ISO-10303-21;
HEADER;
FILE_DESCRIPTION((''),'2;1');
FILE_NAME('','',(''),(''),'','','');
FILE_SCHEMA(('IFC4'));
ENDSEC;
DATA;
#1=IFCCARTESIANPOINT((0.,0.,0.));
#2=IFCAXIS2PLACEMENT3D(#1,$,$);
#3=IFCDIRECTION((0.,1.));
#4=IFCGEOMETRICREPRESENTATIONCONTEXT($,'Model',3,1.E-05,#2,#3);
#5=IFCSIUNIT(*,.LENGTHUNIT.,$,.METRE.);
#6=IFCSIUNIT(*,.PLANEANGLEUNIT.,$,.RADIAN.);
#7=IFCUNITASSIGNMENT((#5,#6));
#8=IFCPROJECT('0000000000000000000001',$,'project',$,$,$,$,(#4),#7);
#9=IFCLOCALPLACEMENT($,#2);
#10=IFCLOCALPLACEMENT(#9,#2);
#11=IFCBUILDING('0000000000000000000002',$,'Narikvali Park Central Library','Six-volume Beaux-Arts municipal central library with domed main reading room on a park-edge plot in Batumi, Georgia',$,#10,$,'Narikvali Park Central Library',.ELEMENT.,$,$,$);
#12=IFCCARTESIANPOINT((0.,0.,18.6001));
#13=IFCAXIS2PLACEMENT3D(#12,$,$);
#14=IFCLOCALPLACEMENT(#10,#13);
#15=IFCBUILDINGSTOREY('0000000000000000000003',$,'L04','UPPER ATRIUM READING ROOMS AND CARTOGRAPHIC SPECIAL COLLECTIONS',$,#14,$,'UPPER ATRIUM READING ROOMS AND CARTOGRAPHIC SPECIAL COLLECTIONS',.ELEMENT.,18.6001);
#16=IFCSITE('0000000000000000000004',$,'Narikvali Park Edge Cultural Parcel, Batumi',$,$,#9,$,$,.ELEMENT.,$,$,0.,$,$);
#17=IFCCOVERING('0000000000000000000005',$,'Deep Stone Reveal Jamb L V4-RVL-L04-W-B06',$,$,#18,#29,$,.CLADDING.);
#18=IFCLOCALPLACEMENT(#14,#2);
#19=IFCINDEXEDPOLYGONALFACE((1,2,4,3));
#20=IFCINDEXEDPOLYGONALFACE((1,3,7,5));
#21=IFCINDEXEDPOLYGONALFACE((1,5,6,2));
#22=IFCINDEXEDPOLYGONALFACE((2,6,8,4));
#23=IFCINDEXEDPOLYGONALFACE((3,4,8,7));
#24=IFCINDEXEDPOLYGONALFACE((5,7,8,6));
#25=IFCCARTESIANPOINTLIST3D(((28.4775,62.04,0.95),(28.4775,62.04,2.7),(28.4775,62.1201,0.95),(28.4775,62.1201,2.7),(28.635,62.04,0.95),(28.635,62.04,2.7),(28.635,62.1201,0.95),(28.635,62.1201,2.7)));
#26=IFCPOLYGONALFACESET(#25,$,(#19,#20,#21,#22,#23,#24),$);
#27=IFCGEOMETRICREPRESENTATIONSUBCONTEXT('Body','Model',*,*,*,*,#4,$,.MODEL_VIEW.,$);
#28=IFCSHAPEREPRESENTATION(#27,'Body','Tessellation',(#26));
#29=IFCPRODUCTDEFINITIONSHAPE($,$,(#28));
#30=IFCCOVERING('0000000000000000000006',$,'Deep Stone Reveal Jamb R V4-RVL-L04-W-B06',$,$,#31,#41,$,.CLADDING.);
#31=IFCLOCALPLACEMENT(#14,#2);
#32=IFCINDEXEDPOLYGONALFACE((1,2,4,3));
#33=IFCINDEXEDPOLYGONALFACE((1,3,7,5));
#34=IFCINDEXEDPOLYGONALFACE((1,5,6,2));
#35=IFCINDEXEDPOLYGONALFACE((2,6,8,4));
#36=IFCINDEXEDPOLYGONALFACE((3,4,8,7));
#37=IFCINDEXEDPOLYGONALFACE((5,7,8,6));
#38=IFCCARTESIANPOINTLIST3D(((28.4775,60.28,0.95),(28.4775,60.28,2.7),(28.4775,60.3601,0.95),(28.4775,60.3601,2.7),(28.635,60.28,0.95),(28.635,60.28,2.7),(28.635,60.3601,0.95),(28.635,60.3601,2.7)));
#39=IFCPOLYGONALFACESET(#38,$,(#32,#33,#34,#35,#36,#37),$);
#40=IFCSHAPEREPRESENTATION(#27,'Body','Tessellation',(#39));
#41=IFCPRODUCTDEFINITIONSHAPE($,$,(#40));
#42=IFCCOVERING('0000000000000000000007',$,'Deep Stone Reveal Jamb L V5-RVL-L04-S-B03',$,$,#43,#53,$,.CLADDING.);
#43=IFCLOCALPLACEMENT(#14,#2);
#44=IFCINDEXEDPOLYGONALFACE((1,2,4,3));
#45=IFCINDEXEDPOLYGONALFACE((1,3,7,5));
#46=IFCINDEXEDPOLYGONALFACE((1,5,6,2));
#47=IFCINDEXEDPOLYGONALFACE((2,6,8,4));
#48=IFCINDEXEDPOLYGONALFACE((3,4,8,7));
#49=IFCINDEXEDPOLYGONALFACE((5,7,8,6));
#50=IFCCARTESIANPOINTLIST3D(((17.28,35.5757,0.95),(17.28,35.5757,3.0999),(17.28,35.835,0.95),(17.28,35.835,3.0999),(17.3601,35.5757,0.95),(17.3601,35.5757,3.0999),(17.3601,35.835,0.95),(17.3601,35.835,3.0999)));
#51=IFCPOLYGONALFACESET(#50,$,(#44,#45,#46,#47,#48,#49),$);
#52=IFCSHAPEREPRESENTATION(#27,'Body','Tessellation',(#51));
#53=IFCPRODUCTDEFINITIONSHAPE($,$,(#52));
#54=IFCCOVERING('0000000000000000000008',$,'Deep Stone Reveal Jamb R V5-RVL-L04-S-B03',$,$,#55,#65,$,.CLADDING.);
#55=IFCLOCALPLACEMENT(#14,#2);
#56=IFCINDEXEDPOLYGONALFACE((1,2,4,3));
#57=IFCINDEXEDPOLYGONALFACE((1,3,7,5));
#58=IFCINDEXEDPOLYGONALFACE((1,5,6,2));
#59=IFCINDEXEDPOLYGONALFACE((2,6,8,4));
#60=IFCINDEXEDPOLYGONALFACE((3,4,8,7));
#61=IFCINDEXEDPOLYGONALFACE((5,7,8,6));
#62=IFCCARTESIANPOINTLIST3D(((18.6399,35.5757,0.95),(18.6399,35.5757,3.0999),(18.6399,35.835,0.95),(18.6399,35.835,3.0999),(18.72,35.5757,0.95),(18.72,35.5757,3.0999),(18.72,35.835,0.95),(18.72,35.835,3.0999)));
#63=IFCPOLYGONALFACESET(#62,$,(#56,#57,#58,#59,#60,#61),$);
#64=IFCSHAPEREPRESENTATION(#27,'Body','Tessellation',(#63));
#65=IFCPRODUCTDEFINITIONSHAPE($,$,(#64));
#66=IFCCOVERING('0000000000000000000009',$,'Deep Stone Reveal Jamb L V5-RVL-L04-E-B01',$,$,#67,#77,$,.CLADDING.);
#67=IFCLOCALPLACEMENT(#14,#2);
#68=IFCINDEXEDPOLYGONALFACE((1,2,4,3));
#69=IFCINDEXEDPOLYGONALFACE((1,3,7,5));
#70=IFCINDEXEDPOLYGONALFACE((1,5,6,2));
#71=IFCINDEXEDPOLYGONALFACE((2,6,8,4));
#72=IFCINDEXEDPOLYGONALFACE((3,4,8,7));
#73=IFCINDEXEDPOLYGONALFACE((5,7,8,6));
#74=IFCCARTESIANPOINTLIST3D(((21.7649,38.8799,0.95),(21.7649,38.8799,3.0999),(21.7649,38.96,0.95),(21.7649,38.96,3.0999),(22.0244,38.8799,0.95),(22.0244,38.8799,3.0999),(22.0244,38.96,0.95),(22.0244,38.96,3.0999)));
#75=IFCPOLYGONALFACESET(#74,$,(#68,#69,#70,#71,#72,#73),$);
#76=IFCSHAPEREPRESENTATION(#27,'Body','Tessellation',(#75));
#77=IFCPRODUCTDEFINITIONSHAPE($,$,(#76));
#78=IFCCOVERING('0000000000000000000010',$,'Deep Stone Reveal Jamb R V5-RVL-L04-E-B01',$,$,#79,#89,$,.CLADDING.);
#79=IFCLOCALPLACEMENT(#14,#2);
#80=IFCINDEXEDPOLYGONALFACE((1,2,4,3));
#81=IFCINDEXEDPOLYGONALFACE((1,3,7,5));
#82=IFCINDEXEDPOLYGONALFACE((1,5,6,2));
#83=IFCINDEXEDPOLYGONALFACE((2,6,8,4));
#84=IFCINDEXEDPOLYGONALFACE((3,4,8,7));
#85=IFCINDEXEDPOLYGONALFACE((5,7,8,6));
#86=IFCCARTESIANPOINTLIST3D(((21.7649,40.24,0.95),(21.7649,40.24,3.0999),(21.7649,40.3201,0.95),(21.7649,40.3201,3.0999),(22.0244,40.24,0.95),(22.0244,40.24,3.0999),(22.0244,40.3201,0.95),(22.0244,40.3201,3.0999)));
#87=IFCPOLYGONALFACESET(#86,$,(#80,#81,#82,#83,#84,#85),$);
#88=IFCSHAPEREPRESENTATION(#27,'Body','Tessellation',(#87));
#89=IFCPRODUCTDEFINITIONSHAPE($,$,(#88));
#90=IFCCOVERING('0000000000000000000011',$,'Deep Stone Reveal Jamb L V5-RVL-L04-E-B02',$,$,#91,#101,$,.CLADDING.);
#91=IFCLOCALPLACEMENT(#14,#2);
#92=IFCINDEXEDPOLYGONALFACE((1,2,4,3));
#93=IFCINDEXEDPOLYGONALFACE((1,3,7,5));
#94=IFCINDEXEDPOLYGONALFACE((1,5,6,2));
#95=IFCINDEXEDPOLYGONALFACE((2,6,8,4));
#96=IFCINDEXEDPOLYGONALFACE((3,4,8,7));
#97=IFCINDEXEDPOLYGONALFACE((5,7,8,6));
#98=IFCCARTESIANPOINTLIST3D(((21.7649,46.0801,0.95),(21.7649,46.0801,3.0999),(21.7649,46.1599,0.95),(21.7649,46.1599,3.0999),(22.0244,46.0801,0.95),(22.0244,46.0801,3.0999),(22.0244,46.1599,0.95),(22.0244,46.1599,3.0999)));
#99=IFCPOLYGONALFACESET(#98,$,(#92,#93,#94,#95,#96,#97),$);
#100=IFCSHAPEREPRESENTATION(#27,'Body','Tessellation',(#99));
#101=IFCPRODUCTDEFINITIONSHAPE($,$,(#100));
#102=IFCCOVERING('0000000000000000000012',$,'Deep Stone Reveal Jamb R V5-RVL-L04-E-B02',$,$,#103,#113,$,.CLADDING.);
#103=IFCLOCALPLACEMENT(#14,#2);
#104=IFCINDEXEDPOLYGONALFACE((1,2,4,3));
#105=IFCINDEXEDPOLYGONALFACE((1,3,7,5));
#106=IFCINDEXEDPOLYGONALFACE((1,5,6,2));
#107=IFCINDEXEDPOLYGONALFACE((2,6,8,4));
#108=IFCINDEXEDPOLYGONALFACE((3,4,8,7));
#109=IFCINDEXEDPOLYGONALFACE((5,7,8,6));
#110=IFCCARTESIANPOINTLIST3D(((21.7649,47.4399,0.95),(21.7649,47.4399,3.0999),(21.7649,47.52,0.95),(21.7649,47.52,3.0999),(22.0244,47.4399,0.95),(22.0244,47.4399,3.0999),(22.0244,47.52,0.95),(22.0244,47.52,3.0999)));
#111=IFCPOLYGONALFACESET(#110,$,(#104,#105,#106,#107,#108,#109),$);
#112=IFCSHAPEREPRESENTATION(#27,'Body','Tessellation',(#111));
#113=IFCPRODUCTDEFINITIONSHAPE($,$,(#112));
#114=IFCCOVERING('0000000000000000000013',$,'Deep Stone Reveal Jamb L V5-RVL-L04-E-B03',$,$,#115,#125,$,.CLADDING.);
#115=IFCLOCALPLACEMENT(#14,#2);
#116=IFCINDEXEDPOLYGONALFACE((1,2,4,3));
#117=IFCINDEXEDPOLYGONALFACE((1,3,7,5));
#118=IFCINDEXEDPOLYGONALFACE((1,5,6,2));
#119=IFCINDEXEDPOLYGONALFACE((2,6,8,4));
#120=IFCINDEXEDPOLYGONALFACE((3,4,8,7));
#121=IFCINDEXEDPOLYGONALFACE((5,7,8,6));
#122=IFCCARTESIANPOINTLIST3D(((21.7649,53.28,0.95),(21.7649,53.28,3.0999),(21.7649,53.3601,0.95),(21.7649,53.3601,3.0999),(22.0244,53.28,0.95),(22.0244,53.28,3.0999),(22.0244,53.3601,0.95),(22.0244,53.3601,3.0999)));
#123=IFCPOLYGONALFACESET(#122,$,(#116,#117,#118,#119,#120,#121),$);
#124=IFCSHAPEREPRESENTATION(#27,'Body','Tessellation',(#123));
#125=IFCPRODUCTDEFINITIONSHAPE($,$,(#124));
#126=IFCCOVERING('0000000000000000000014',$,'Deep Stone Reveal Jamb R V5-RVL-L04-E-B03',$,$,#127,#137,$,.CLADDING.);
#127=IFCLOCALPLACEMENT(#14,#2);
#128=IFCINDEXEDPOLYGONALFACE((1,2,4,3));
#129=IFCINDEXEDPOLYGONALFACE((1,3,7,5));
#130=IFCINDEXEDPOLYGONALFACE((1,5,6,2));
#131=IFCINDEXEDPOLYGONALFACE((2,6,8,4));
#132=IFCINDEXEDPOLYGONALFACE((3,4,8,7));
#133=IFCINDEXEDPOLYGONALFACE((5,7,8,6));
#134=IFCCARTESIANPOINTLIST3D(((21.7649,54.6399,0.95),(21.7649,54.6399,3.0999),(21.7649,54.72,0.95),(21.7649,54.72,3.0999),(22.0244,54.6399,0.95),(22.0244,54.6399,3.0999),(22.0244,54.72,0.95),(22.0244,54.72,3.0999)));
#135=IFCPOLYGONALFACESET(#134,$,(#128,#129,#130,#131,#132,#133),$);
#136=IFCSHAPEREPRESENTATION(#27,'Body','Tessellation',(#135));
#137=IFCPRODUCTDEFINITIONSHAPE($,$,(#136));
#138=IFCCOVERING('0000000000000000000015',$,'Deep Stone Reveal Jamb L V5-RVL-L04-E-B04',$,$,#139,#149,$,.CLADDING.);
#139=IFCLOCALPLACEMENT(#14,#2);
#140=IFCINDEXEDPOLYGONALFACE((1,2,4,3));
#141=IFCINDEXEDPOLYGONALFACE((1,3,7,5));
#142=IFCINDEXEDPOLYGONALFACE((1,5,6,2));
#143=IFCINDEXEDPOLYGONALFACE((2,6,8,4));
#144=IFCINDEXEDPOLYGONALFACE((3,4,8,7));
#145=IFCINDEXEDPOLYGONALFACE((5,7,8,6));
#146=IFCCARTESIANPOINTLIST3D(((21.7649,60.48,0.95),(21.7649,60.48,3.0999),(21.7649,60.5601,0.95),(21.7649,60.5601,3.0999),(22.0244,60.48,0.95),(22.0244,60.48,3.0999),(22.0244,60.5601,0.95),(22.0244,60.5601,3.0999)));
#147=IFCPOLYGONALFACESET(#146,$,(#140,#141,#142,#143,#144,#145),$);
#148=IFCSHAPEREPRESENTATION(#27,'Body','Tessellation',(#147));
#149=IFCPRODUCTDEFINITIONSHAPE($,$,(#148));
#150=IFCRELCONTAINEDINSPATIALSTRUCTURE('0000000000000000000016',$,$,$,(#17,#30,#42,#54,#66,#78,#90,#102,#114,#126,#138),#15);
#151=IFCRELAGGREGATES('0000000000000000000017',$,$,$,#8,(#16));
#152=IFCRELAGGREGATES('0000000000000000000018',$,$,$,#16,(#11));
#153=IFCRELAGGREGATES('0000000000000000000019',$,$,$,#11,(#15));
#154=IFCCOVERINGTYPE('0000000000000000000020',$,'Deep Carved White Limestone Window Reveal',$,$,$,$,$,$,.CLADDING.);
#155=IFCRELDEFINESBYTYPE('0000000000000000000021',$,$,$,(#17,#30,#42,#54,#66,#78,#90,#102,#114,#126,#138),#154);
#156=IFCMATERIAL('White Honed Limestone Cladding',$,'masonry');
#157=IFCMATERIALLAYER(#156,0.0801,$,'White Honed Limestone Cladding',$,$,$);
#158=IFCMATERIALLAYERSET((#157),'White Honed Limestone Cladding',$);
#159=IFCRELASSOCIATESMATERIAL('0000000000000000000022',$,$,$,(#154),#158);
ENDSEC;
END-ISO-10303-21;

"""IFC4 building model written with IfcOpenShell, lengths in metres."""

from ifc_helpers import new_model, si_unit, direction, frame, origin, place, context, subcontext, project, spatial, polyline, outline, extrude, material, layer, layer_set, type_object, element, save


model = new_model("IFC4")

# Units and contexts
model_context = context("Model", 3, precision=1e-05, world=origin(), true_north=direction((0.0, 1.0)))
body_context = subcontext(model_context, "Body", "Model", "MODEL_VIEW")
ifc_project = project(units=[si_unit("LENGTHUNIT", "METRE"), si_unit("PLANEANGLEUNIT", "RADIAN")], contexts=[model_context])

# Site, building, storey
site_placement = place(None, origin())
site = spatial("IfcSite", under=ifc_project, at=site_placement, Name="Narikvali Park Edge Cultural Parcel, Batumi", CompositionType="ELEMENT", RefElevation=0.0)
building_placement = place(site_placement, origin())
building = spatial("IfcBuilding", under=site, at=building_placement, Name="Narikvali Park Central Library", Description="Six-volume Beaux-Arts municipal central library with domed main reading room on a park-edge plot in Batumi, Georgia", LongName="Narikvali Park Central Library", CompositionType="ELEMENT")
storey_placement = place(building_placement, frame((0.0, 0.0, 18.6001)))
storey = spatial("IfcBuildingStorey", under=building, at=storey_placement, Name="L04", Description="UPPER ATRIUM READING ROOMS AND CARTOGRAPHIC SPECIAL COLLECTIONS", LongName="UPPER ATRIUM READING ROOMS AND CARTOGRAPHIC SPECIAL COLLECTIONS", CompositionType="ELEMENT", Elevation=18.6001)

# Coverings
ifc_material = material(Name="White Honed Limestone Cladding", Category="masonry")
ifc_layer = layer(ifc_material, 0.0801, Name="White Honed Limestone Cladding")
ifc_layer_set = layer_set([ifc_layer], Name="White Honed Limestone Cladding")
covering_type = type_object("IfcCoveringType", Name="Deep Carved White Limestone Window Reveal", PredefinedType="CLADDING", material=ifc_layer_set)
covering_1_placement = place(storey_placement, frame((0.0, 0.0, 0.95)))
element("IfcCovering", 1, at=covering_1_placement, inside=storey, type_object=covering_type, Name="Deep Stone Reveal Jamb L V4-RVL-L04-W-B06", PredefinedType="CLADDING", context=body_context, shape_type="SweptSolid", body=[
    extrude(outline(polyline([(28.635, 62.1201), (28.635, 62.04), (28.4775, 62.04), (28.4775, 62.1201), (28.635, 62.1201)])), origin(), (0.0, 0.0, 1.0), 1.75),
])
covering_2_placement = place(storey_placement, frame((0.0, 0.0, 0.95)))
element("IfcCovering", 2, at=covering_2_placement, inside=storey, type_object=covering_type, Name="Deep Stone Reveal Jamb R V4-RVL-L04-W-B06", PredefinedType="CLADDING", context=body_context, shape_type="SweptSolid", body=[
    extrude(outline(polyline([(28.635, 60.3601), (28.635, 60.28), (28.4775, 60.28), (28.4775, 60.3601), (28.635, 60.3601)])), origin(), (0.0, 0.0, 1.0), 1.75),
])
covering_3_placement = place(storey_placement, frame((0.0, 0.0, 0.95)))
element("IfcCovering", 3, at=covering_3_placement, inside=storey, type_object=covering_type, Name="Deep Stone Reveal Jamb L V5-RVL-L04-S-B03", PredefinedType="CLADDING", context=body_context, shape_type="SweptSolid", body=[
    extrude(outline(polyline([(17.28, 35.835), (17.3601, 35.835), (17.3601, 35.5757), (17.28, 35.5757), (17.28, 35.835)])), origin(), (0.0, 0.0, 1.0), 2.1499),
])
covering_4_placement = place(storey_placement, frame((0.0, 0.0, 0.95)))
element("IfcCovering", 4, at=covering_4_placement, inside=storey, type_object=covering_type, Name="Deep Stone Reveal Jamb R V5-RVL-L04-S-B03", PredefinedType="CLADDING", context=body_context, shape_type="SweptSolid", body=[
    extrude(outline(polyline([(18.6399, 35.835), (18.72, 35.835), (18.72, 35.5757), (18.6399, 35.5757), (18.6399, 35.835)])), origin(), (0.0, 0.0, 1.0), 2.1499),
])
covering_5_placement = place(storey_placement, frame((0.0, 0.0, 0.95)))
element("IfcCovering", 5, at=covering_5_placement, inside=storey, type_object=covering_type, Name="Deep Stone Reveal Jamb L V5-RVL-L04-E-B01", PredefinedType="CLADDING", context=body_context, shape_type="SweptSolid", body=[
    extrude(outline(polyline([(21.7649, 38.8799), (21.7649, 38.96), (22.0244, 38.96), (22.0244, 38.8799), (21.7649, 38.8799)])), origin(), (0.0, 0.0, 1.0), 2.1499),
])
covering_6_placement = place(storey_placement, frame((0.0, 0.0, 0.95)))
element("IfcCovering", 6, at=covering_6_placement, inside=storey, type_object=covering_type, Name="Deep Stone Reveal Jamb R V5-RVL-L04-E-B01", PredefinedType="CLADDING", context=body_context, shape_type="SweptSolid", body=[
    extrude(outline(polyline([(21.7649, 40.24), (21.7649, 40.3201), (22.0244, 40.3201), (22.0244, 40.24), (21.7649, 40.24)])), origin(), (0.0, 0.0, 1.0), 2.1499),
])
covering_7_placement = place(storey_placement, frame((0.0, 0.0, 0.95)))
element("IfcCovering", 7, at=covering_7_placement, inside=storey, type_object=covering_type, Name="Deep Stone Reveal Jamb L V5-RVL-L04-E-B02", PredefinedType="CLADDING", context=body_context, shape_type="SweptSolid", body=[
    extrude(outline(polyline([(21.7649, 46.0801), (21.7649, 46.1599), (22.0244, 46.1599), (22.0244, 46.0801), (21.7649, 46.0801)])), origin(), (0.0, 0.0, 1.0), 2.1499),
])
covering_8_placement = place(storey_placement, frame((0.0, 0.0, 0.95)))
element("IfcCovering", 8, at=covering_8_placement, inside=storey, type_object=covering_type, Name="Deep Stone Reveal Jamb R V5-RVL-L04-E-B02", PredefinedType="CLADDING", context=body_context, shape_type="SweptSolid", body=[
    extrude(outline(polyline([(21.7649, 47.4399), (21.7649, 47.52), (22.0244, 47.52), (22.0244, 47.4399), (21.7649, 47.4399)])), origin(), (0.0, 0.0, 1.0), 2.1499),
])
covering_9_placement = place(storey_placement, frame((0.0, 0.0, 0.95)))
element("IfcCovering", 9, at=covering_9_placement, inside=storey, type_object=covering_type, Name="Deep Stone Reveal Jamb L V5-RVL-L04-E-B03", PredefinedType="CLADDING", context=body_context, shape_type="SweptSolid", body=[
    extrude(outline(polyline([(21.7649, 53.28), (21.7649, 53.3601), (22.0244, 53.3601), (22.0244, 53.28), (21.7649, 53.28)])), origin(), (0.0, 0.0, 1.0), 2.1499),
])
covering_10_placement = place(storey_placement, frame((0.0, 0.0, 0.95)))
element("IfcCovering", 10, at=covering_10_placement, inside=storey, type_object=covering_type, Name="Deep Stone Reveal Jamb R V5-RVL-L04-E-B03", PredefinedType="CLADDING", context=body_context, shape_type="SweptSolid", body=[
    extrude(outline(polyline([(21.7649, 54.6399), (21.7649, 54.72), (22.0244, 54.72), (22.0244, 54.6399), (21.7649, 54.6399)])), origin(), (0.0, 0.0, 1.0), 2.1499),
])
covering_11_placement = place(storey_placement, frame((0.0, 0.0, 0.95)))
element("IfcCovering", 11, at=covering_11_placement, inside=storey, type_object=covering_type, Name="Deep Stone Reveal Jamb L V5-RVL-L04-E-B04", PredefinedType="CLADDING", context=body_context, shape_type="SweptSolid", body=[
    extrude(outline(polyline([(21.7649, 60.48), (21.7649, 60.5601), (22.0244, 60.5601), (22.0244, 60.48), (21.7649, 60.48)])), origin(), (0.0, 0.0, 1.0), 2.1499),
])

save(model, "model.ifc")
